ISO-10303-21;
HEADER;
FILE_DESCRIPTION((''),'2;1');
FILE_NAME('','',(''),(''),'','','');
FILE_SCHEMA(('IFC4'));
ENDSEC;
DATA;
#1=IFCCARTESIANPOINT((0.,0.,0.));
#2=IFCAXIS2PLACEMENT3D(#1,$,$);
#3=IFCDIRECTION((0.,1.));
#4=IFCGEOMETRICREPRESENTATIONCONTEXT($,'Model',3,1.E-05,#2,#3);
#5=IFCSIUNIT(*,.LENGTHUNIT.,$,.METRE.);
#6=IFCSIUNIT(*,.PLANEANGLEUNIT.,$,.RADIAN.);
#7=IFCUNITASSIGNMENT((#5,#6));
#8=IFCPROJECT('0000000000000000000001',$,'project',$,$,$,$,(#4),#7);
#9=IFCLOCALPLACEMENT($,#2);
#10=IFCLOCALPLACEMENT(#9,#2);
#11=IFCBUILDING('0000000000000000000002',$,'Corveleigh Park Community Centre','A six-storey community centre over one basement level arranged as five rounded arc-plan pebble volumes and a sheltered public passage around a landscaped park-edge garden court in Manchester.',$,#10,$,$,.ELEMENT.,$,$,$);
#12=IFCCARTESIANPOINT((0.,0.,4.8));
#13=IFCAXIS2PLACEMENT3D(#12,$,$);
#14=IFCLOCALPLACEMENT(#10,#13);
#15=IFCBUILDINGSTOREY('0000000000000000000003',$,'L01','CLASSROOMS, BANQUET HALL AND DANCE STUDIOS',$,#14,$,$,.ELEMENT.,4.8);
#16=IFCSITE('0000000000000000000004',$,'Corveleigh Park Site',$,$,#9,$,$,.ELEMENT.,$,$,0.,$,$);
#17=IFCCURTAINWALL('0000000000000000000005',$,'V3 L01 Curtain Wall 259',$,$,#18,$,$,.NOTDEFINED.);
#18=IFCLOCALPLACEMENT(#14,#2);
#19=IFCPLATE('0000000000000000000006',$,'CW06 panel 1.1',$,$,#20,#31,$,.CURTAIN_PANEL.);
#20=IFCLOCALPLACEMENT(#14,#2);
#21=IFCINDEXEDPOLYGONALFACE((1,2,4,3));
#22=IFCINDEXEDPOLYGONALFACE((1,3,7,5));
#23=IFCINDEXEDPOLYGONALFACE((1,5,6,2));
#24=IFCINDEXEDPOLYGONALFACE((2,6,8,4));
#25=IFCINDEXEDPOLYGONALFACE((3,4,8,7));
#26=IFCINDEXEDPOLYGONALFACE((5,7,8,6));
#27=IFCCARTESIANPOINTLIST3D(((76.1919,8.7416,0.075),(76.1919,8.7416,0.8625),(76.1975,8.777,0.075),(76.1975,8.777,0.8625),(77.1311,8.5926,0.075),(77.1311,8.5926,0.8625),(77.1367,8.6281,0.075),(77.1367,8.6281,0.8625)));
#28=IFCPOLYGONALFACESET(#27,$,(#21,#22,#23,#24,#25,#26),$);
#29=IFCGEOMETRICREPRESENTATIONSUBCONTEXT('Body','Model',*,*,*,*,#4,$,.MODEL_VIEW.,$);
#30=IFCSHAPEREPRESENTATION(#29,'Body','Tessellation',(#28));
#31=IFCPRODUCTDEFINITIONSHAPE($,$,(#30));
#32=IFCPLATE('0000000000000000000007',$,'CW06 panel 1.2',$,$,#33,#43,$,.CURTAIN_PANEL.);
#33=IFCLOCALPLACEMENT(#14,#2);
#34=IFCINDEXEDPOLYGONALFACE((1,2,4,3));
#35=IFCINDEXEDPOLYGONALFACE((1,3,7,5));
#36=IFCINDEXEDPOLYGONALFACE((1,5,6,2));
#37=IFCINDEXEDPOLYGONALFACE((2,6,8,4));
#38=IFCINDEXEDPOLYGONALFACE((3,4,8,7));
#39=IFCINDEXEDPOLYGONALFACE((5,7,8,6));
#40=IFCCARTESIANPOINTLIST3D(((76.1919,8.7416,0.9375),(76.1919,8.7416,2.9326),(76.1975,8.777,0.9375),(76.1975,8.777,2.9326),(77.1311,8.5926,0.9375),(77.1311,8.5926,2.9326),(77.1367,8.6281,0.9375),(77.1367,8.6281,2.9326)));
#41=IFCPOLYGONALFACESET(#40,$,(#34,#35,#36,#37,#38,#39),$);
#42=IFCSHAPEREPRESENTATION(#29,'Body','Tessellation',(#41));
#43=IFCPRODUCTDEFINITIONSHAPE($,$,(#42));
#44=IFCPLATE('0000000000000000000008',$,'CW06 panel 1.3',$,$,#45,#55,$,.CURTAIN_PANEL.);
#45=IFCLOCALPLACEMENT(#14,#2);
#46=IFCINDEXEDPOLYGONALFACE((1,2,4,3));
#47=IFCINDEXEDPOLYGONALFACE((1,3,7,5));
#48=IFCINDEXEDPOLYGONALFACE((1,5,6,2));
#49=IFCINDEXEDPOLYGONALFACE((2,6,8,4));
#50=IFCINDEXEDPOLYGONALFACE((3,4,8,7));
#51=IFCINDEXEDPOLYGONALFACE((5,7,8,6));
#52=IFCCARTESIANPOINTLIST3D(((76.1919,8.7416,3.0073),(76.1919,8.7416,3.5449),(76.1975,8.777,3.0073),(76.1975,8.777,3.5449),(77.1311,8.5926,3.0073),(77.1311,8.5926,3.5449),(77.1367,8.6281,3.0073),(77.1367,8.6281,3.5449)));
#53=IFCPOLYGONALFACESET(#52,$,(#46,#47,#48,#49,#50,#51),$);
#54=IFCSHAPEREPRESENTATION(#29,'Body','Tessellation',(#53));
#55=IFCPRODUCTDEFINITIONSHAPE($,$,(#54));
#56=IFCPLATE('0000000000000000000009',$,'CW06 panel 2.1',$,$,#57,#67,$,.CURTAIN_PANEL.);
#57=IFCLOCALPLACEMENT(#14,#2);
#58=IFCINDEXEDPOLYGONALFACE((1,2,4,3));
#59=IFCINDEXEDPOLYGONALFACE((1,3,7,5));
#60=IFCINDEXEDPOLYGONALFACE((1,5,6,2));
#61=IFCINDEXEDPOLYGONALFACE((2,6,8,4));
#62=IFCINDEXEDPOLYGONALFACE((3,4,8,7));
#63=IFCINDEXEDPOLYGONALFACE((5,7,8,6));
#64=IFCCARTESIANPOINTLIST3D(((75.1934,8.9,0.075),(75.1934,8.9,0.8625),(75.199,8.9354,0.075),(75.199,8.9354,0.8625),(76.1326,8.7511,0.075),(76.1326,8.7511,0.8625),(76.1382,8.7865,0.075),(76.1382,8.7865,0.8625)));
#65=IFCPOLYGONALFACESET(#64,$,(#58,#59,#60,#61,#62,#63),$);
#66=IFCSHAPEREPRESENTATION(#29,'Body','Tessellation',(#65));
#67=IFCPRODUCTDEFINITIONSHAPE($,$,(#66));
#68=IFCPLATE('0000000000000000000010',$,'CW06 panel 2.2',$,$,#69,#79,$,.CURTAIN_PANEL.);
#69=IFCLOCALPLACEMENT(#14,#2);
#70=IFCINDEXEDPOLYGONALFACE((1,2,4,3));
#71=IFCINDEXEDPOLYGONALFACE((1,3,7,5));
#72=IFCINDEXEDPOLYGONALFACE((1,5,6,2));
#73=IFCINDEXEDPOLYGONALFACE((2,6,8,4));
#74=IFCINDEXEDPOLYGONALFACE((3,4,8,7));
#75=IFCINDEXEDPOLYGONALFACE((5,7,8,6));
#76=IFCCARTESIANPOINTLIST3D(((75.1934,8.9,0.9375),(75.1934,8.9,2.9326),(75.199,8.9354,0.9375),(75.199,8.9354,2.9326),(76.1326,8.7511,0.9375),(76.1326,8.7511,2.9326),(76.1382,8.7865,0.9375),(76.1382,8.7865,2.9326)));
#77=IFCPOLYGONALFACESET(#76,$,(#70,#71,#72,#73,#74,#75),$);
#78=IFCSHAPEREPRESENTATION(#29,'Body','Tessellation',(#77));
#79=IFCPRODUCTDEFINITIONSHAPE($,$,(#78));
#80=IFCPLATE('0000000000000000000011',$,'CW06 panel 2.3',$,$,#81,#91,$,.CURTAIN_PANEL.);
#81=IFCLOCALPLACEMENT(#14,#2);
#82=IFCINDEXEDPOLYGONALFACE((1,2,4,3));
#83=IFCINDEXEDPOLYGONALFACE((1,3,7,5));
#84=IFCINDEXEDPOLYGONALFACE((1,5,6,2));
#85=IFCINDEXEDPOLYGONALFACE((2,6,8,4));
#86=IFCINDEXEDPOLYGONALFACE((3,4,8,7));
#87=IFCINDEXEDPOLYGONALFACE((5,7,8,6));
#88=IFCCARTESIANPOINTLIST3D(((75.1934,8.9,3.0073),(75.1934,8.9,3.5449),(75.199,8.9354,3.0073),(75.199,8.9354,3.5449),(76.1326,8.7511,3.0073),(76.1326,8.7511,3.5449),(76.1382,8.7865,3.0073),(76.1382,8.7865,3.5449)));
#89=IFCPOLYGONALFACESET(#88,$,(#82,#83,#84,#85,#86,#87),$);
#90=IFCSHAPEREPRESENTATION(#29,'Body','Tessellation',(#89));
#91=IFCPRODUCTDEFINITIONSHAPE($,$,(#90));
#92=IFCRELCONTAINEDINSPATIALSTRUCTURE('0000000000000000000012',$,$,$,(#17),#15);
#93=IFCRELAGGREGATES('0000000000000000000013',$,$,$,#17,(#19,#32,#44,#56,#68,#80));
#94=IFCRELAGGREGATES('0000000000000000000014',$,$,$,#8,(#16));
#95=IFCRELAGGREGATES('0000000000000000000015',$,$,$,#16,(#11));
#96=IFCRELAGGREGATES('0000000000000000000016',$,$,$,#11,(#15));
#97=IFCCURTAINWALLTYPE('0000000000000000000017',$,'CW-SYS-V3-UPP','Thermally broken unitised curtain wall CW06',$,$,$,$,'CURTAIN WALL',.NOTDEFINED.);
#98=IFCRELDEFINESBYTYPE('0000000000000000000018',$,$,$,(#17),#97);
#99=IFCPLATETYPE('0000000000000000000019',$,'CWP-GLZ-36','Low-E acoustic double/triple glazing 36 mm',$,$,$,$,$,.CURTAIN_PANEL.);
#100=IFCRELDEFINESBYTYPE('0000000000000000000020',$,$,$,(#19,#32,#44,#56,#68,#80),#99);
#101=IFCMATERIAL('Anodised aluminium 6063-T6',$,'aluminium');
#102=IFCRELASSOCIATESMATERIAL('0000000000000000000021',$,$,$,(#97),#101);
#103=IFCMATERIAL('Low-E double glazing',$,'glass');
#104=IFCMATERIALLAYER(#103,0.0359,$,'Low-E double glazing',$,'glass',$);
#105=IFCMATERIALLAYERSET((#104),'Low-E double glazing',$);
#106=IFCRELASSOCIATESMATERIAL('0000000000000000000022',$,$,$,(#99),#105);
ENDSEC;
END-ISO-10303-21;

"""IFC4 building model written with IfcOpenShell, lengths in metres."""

from ifc_helpers import new_model, si_unit, direction, frame, origin, origin_2d, place, context, subcontext, project, spatial, rectangle, extrude, material, layer, layer_set, type_object, element, aggregate, save


model = new_model("IFC4")

# Units and contexts
model_context = context("Model", 3, precision=1e-05, world=origin(), true_north=direction((0.0, 1.0)))
body_context = subcontext(model_context, "Body", "Model", "MODEL_VIEW")
ifc_project = project(units=[si_unit("LENGTHUNIT", "METRE"), si_unit("PLANEANGLEUNIT", "RADIAN")], contexts=[model_context])

# Site, building, storey
site_placement = place(None, origin())
site = spatial("IfcSite", under=ifc_project, at=site_placement, Name="Corveleigh Park Site", CompositionType="ELEMENT", RefElevation=0.0)
building_placement = place(site_placement, origin())
building = spatial("IfcBuilding", under=site, at=building_placement, Name="Corveleigh Park Community Centre", Description="A six-storey community centre over one basement level arranged as five rounded arc-plan pebble volumes and a sheltered public passage around a landscaped park-edge garden court in Manchester.", CompositionType="ELEMENT")
storey_placement = place(building_placement, frame((0.0, 0.0, 4.8)))
storey = spatial("IfcBuildingStorey", under=building, at=storey_placement, Name="L01", Description="CLASSROOMS, BANQUET HALL AND DANCE STUDIOS", CompositionType="ELEMENT", Elevation=4.8)

# Curtain wall
ifc_material_1 = material(Name="Anodised aluminium 6063-T6", Category="aluminium")
curtain_wall_type = type_object("IfcCurtainWallType", Name="CW-SYS-V3-UPP", Description="Thermally broken unitised curtain wall CW06", ElementType="CURTAIN WALL", PredefinedType="NOTDEFINED", material=ifc_material_1)
curtain_wall_1_placement = place(storey_placement, origin())
curtain_wall_1 = element("IfcCurtainWall", 1, at=curtain_wall_1_placement, inside=storey, type_object=curtain_wall_type, Name="V3 L01 Curtain Wall 259", PredefinedType="NOTDEFINED")

# Plates
ifc_material_2 = material(Name="Low-E double glazing", Category="glass")
ifc_layer = layer(ifc_material_2, 0.0359, Name="Low-E double glazing", Category="glass")
ifc_layer_set = layer_set([ifc_layer], Name="Low-E double glazing")
plate_type = type_object("IfcPlateType", Name="CWP-GLZ-36", Description="Low-E acoustic double/triple glazing 36 mm", PredefinedType="CURTAIN_PANEL", material=ifc_layer_set)
plate_1_placement = place(storey_placement, frame((76.6643, 8.6848, 0.075), z_axis=(0.0, 0.0, 1.0), x_axis=(-0.987661, 0.156604, 0.0)))
plate_1 = element("IfcPlate", 2, at=plate_1_placement, type_object=plate_type, Name="CW06 panel 1.1", PredefinedType="CURTAIN_PANEL", context=body_context, shape_type="SweptSolid", body=[
    extrude(rectangle(XDim=0.9509, YDim=0.0359, at=origin_2d()), origin(), (0.0, 0.0, 1.0), 0.7876),
])
plate_2_placement = place(storey_placement, frame((76.6643, 8.6848, 0.9375), z_axis=(0.0, 0.0, 1.0), x_axis=(-0.987661, 0.156604, 0.0)))
plate_2 = element("IfcPlate", 3, at=plate_2_placement, type_object=plate_type, Name="CW06 panel 1.2", PredefinedType="CURTAIN_PANEL", context=body_context, shape_type="SweptSolid", body=[
    extrude(rectangle(XDim=0.9509, YDim=0.0359, at=origin_2d()), origin(), (0.0, 0.0, 1.0), 1.9951),
])
plate_3_placement = place(storey_placement, frame((76.6643, 8.6848, 3.0073), z_axis=(0.0, 0.0, 1.0), x_axis=(-0.987661, 0.156604, 0.0)))
plate_3 = element("IfcPlate", 4, at=plate_3_placement, type_object=plate_type, Name="CW06 panel 1.3", PredefinedType="CURTAIN_PANEL", context=body_context, shape_type="SweptSolid", body=[
    extrude(rectangle(XDim=0.9509, YDim=0.0359, at=origin_2d()), origin(), (0.0, 0.0, 1.0), 0.5376),
])
plate_4_placement = place(storey_placement, frame((75.6658, 8.8433, 0.075), z_axis=(0.0, 0.0, 1.0), x_axis=(-0.987661, 0.156604, 0.0)))
plate_4 = element("IfcPlate", 5, at=plate_4_placement, type_object=plate_type, Name="CW06 panel 2.1", PredefinedType="CURTAIN_PANEL", context=body_context, shape_type="SweptSolid", body=[
    extrude(rectangle(XDim=0.9509, YDim=0.0359, at=origin_2d()), origin(), (0.0, 0.0, 1.0), 0.7876),
])
plate_5_placement = place(storey_placement, frame((75.6658, 8.8433, 0.9375), z_axis=(0.0, 0.0, 1.0), x_axis=(-0.987661, 0.156604, 0.0)))
plate_5 = element("IfcPlate", 6, at=plate_5_placement, type_object=plate_type, Name="CW06 panel 2.2", PredefinedType="CURTAIN_PANEL", context=body_context, shape_type="SweptSolid", body=[
    extrude(rectangle(XDim=0.9509, YDim=0.0359, at=origin_2d()), origin(), (0.0, 0.0, 1.0), 1.9951),
])
plate_6_placement = place(storey_placement, frame((75.6658, 8.8433, 3.0073), z_axis=(0.0, 0.0, 1.0), x_axis=(-0.987661, 0.156604, 0.0)))
plate_6 = element("IfcPlate", 7, at=plate_6_placement, type_object=plate_type, Name="CW06 panel 2.3", PredefinedType="CURTAIN_PANEL", context=body_context, shape_type="SweptSolid", body=[
    extrude(rectangle(XDim=0.9509, YDim=0.0359, at=origin_2d()), origin(), (0.0, 0.0, 1.0), 0.5376),
])
aggregate(curtain_wall_1, [plate_1, plate_2, plate_3, plate_4, plate_5, plate_6])

save(model, "model.ifc")
